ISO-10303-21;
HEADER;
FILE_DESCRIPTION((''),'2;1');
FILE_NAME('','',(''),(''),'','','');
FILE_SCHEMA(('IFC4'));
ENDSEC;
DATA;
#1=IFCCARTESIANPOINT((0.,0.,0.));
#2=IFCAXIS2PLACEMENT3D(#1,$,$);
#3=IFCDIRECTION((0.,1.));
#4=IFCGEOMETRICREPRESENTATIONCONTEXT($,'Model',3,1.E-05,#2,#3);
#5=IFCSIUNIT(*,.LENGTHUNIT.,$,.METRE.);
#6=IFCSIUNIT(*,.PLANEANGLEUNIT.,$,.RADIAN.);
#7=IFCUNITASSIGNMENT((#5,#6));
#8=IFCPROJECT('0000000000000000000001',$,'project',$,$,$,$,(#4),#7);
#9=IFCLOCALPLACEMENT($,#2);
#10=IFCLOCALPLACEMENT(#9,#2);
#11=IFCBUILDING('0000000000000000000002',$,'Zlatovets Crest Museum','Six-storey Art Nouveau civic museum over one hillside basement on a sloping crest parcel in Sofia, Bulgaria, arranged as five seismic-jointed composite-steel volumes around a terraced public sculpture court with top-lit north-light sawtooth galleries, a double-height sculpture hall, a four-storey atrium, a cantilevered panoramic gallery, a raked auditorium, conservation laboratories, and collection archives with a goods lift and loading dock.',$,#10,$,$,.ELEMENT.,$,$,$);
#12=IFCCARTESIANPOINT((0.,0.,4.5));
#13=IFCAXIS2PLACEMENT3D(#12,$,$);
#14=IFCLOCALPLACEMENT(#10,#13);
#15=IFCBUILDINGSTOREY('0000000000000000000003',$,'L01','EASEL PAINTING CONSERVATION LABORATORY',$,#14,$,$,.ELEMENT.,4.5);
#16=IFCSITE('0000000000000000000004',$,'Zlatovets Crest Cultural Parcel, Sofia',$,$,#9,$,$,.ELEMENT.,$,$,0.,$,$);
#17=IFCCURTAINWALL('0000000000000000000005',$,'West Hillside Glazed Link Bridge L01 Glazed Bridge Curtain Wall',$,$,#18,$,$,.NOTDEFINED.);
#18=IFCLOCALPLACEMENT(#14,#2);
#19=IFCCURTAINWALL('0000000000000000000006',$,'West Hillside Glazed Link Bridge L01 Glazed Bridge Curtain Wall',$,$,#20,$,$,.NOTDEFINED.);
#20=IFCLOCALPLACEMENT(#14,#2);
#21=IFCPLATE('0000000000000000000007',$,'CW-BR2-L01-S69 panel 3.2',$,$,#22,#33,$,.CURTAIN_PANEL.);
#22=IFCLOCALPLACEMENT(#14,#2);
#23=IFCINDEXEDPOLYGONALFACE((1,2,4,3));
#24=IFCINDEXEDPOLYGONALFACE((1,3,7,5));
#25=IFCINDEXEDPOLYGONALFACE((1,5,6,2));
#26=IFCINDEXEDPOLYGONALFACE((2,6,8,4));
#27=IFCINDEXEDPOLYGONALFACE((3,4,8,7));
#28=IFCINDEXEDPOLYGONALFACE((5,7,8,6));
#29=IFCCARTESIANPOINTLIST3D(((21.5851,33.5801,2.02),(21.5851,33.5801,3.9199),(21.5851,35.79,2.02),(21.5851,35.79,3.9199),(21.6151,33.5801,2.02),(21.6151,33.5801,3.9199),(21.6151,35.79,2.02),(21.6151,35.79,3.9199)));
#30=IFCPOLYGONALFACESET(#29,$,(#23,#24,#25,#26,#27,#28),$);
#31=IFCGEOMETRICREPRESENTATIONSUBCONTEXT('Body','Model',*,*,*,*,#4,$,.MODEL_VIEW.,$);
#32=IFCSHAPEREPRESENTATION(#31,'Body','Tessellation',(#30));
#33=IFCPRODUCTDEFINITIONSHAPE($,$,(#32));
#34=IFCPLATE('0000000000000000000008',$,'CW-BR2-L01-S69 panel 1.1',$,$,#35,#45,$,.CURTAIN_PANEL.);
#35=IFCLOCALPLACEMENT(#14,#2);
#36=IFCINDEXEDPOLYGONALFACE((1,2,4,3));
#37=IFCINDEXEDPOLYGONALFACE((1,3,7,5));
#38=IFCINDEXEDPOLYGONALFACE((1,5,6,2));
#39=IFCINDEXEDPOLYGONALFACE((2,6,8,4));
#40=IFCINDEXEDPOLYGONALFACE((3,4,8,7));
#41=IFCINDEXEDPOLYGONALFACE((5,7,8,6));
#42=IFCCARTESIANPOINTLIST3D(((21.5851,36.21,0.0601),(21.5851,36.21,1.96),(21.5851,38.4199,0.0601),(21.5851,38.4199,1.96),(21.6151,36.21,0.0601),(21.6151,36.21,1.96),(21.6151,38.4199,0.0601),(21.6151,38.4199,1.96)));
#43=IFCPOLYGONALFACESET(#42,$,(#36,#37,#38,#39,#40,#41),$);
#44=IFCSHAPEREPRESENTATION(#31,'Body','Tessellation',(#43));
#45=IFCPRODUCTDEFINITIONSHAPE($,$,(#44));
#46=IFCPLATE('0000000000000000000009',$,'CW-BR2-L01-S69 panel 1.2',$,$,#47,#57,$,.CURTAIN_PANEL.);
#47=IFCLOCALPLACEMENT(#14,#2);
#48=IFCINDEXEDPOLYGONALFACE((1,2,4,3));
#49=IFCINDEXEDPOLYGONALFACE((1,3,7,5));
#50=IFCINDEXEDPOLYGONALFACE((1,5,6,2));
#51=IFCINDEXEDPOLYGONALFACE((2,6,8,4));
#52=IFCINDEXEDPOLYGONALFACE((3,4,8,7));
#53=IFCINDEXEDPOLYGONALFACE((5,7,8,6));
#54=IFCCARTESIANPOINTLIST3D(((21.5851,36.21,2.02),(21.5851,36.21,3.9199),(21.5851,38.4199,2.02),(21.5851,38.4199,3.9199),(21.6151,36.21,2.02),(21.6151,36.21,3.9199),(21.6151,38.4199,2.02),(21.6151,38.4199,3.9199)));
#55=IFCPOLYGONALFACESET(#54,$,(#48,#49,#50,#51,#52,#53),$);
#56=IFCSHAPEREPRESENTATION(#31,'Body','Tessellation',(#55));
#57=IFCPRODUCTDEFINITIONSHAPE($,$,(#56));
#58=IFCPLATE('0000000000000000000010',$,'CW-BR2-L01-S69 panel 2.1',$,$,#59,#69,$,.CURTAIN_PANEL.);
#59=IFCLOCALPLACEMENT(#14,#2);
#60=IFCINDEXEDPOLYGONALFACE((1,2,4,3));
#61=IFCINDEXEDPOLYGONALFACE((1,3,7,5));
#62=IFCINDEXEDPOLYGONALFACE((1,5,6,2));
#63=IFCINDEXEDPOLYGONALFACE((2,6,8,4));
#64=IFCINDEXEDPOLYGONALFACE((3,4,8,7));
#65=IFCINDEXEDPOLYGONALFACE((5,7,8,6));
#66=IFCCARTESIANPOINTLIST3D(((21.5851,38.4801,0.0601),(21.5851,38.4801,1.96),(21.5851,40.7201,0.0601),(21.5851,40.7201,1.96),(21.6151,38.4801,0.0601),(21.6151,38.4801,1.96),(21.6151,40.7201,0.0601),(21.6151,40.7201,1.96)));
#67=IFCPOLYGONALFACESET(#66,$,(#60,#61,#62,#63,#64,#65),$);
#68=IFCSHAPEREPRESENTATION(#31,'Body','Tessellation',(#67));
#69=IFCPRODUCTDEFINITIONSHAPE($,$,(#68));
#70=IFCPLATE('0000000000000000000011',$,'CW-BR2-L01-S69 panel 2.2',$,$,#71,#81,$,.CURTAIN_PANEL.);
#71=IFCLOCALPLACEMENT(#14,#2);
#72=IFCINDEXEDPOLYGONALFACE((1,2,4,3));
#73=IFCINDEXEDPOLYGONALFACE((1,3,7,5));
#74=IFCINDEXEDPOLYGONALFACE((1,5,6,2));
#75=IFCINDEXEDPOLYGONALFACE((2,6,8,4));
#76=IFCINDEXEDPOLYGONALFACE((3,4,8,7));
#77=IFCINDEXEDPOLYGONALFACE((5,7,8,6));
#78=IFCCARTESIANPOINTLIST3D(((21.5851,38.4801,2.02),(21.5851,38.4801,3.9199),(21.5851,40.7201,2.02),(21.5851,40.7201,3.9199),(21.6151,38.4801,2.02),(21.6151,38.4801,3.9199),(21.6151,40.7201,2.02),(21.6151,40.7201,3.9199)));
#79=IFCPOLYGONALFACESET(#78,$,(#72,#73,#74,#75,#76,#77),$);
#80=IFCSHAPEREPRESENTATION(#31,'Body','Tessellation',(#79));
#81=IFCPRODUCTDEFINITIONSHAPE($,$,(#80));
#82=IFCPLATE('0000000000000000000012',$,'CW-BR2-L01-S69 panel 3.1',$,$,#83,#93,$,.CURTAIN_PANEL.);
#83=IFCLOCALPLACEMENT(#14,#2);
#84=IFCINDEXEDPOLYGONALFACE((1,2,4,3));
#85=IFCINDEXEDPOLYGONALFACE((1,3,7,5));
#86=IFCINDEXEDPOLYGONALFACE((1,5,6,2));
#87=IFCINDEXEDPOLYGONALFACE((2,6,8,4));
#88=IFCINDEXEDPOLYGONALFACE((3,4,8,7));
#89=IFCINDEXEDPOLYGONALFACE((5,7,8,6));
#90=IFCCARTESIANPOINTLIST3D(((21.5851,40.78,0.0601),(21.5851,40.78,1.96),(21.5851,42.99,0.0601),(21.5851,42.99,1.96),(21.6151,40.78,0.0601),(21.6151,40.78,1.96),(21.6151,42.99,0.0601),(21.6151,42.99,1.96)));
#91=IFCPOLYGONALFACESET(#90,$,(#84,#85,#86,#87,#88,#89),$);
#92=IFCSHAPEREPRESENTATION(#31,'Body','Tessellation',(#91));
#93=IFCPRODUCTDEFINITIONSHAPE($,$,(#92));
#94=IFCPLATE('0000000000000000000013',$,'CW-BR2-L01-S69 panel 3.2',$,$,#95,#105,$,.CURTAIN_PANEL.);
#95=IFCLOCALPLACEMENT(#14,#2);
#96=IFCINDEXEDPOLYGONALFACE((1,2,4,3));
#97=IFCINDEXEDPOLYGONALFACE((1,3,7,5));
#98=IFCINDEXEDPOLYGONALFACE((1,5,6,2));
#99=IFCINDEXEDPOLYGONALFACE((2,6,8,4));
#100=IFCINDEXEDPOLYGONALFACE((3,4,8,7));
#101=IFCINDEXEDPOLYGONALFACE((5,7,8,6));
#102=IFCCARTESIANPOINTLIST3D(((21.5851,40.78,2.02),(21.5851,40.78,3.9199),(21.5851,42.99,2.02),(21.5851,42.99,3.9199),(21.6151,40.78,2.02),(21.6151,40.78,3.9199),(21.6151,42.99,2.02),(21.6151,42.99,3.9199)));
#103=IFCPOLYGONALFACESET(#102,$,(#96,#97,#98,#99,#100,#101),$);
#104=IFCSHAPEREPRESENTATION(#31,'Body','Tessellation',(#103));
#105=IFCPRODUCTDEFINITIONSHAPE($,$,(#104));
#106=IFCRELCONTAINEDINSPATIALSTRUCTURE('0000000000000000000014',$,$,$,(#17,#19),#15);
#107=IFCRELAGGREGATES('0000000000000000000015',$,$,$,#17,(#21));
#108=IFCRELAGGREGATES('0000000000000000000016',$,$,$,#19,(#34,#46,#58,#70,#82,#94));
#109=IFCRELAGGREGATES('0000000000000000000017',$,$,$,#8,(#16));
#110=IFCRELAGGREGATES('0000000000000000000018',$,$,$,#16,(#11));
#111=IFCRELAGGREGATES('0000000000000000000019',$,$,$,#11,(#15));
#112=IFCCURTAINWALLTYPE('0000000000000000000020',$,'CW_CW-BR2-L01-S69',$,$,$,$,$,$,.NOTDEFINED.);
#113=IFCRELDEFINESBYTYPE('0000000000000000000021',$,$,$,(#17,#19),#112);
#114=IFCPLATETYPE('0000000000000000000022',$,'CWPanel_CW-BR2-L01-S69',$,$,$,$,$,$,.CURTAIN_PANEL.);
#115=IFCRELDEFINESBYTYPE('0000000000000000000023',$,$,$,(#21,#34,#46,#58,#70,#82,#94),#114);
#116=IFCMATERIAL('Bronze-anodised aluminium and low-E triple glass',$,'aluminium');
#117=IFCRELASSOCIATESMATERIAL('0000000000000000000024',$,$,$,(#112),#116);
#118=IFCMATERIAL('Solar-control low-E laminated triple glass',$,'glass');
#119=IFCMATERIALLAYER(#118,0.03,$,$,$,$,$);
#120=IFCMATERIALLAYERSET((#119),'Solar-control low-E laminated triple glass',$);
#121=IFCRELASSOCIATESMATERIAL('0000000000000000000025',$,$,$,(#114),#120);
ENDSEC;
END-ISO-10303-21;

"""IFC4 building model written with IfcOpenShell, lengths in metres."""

from ifc_helpers import new_model, si_unit, direction, frame, origin, origin_2d, place, context, subcontext, project, spatial, rectangle, extrude, material, layer, layer_set, type_object, element, aggregate, save


model = new_model("IFC4")

# Units and contexts
model_context = context("Model", 3, precision=1e-05, world=origin(), true_north=direction((0.0, 1.0)))
body_context = subcontext(model_context, "Body", "Model", "MODEL_VIEW")
ifc_project = project(units=[si_unit("LENGTHUNIT", "METRE"), si_unit("PLANEANGLEUNIT", "RADIAN")], contexts=[model_context])

# Site, building, storey
site_placement = place(None, origin())
site = spatial("IfcSite", under=ifc_project, at=site_placement, Name="Zlatovets Crest Cultural Parcel, Sofia", CompositionType="ELEMENT", RefElevation=0.0)
building_placement = place(site_placement, origin())
building = spatial("IfcBuilding", under=site, at=building_placement, Name="Zlatovets Crest Museum", Description="Six-storey Art Nouveau civic museum over one hillside basement on a sloping crest parcel in Sofia, Bulgaria, arranged as five seismic-jointed composite-steel volumes around a terraced public sculpture court with top-lit north-light sawtooth galleries, a double-height sculpture hall, a four-storey atrium, a cantilevered panoramic gallery, a raked auditorium, conservation laboratories, and collection archives with a goods lift and loading dock.", CompositionType="ELEMENT")
storey_placement = place(building_placement, frame((0.0, 0.0, 4.5)))
storey = spatial("IfcBuildingStorey", under=building, at=storey_placement, Name="L01", Description="EASEL PAINTING CONSERVATION LABORATORY", CompositionType="ELEMENT", Elevation=4.5)

# Curtain wall
ifc_material_1 = material(Name="Bronze-anodised aluminium and low-E triple glass", Category="aluminium")
curtain_wall_type = type_object("IfcCurtainWallType", Name="CW_CW-BR2-L01-S69", PredefinedType="NOTDEFINED", material=ifc_material_1)
curtain_wall_1_placement = place(storey_placement, origin())
curtain_wall_1 = element("IfcCurtainWall", 1, at=curtain_wall_1_placement, inside=storey, type_object=curtain_wall_type, Name="West Hillside Glazed Link Bridge L01 Glazed Bridge Curtain Wall", PredefinedType="NOTDEFINED")

# Curtain wall
curtain_wall_2_placement = place(storey_placement, origin())
curtain_wall_2 = element("IfcCurtainWall", 2, at=curtain_wall_2_placement, inside=storey, type_object=curtain_wall_type, Name="West Hillside Glazed Link Bridge L01 Glazed Bridge Curtain Wall", PredefinedType="NOTDEFINED")

# Plates
ifc_material_2 = material(Name="Solar-control low-E laminated triple glass", Category="glass")
ifc_layer = layer(ifc_material_2, 0.03)
ifc_layer_set = layer_set([ifc_layer], Name="Solar-control low-E laminated triple glass")
plate_type = type_object("IfcPlateType", Name="CWPanel_CW-BR2-L01-S69", PredefinedType="CURTAIN_PANEL", material=ifc_layer_set)
plate_1_placement = place(storey_placement, frame((21.6001, 34.6851, 2.02), z_axis=(0.0, 0.0, 1.0), x_axis=(0.0, 1.0, 0.0)))
plate_1 = element("IfcPlate", 3, at=plate_1_placement, type_object=plate_type, Name="CW-BR2-L01-S69 panel 3.2", PredefinedType="CURTAIN_PANEL", context=body_context, shape_type="SweptSolid", body=[
    extrude(rectangle(XDim=2.21, YDim=0.03, at=origin_2d()), origin(), (0.0, 0.0, 1.0), 1.8999),
])
aggregate(curtain_wall_1, [plate_1])
plate_2_placement = place(storey_placement, frame((21.6001, 37.3149, 0.0601), z_axis=(0.0, 0.0, 1.0), x_axis=(0.0, 1.0, 0.0)))
plate_2 = element("IfcPlate", 4, at=plate_2_placement, type_object=plate_type, Name="CW-BR2-L01-S69 panel 1.1", PredefinedType="CURTAIN_PANEL", context=body_context, shape_type="SweptSolid", body=[
    extrude(rectangle(XDim=2.21, YDim=0.03, at=origin_2d()), origin(), (0.0, 0.0, 1.0), 1.8999),
])
plate_3_placement = place(storey_placement, frame((21.6001, 37.3149, 2.02), z_axis=(0.0, 0.0, 1.0), x_axis=(0.0, 1.0, 0.0)))
plate_3 = element("IfcPlate", 5, at=plate_3_placement, type_object=plate_type, Name="CW-BR2-L01-S69 panel 1.2", PredefinedType="CURTAIN_PANEL", context=body_context, shape_type="SweptSolid", body=[
    extrude(rectangle(XDim=2.21, YDim=0.03, at=origin_2d()), origin(), (0.0, 0.0, 1.0), 1.8999),
])
plate_4_placement = place(storey_placement, frame((21.6001, 39.6001, 0.0601), z_axis=(0.0, 0.0, 1.0), x_axis=(0.0, 1.0, 0.0)))
plate_4 = element("IfcPlate", 6, at=plate_4_placement, type_object=plate_type, Name="CW-BR2-L01-S69 panel 2.1", PredefinedType="CURTAIN_PANEL", context=body_context, shape_type="SweptSolid", body=[
    extrude(rectangle(XDim=2.24, YDim=0.03, at=origin_2d()), origin(), (0.0, 0.0, 1.0), 1.8999),
])
plate_5_placement = place(storey_placement, frame((21.6001, 39.6001, 2.02), z_axis=(0.0, 0.0, 1.0), x_axis=(0.0, 1.0, 0.0)))
plate_5 = element("IfcPlate", 7, at=plate_5_placement, type_object=plate_type, Name="CW-BR2-L01-S69 panel 2.2", PredefinedType="CURTAIN_PANEL", context=body_context, shape_type="SweptSolid", body=[
    extrude(rectangle(XDim=2.24, YDim=0.03, at=origin_2d()), origin(), (0.0, 0.0, 1.0), 1.8999),
])
plate_6_placement = place(storey_placement, frame((21.6001, 41.885, 0.0601), z_axis=(0.0, 0.0, 1.0), x_axis=(0.0, 1.0, 0.0)))
plate_6 = element("IfcPlate", 8, at=plate_6_placement, type_object=plate_type, Name="CW-BR2-L01-S69 panel 3.1", PredefinedType="CURTAIN_PANEL", context=body_context, shape_type="SweptSolid", body=[
    extrude(rectangle(XDim=2.21, YDim=0.03, at=origin_2d()), origin(), (0.0, 0.0, 1.0), 1.8999),
])
plate_7_placement = place(storey_placement, frame((21.6001, 41.885, 2.02), z_axis=(0.0, 0.0, 1.0), x_axis=(0.0, 1.0, 0.0)))
plate_7 = element("IfcPlate", 9, at=plate_7_placement, type_object=plate_type, Name="CW-BR2-L01-S69 panel 3.2", PredefinedType="CURTAIN_PANEL", context=body_context, shape_type="SweptSolid", body=[
    extrude(rectangle(XDim=2.21, YDim=0.03, at=origin_2d()), origin(), (0.0, 0.0, 1.0), 1.8999),
])
aggregate(curtain_wall_2, [plate_2, plate_3, plate_4, plate_5, plate_6, plate_7])

save(model, "model.ifc")
